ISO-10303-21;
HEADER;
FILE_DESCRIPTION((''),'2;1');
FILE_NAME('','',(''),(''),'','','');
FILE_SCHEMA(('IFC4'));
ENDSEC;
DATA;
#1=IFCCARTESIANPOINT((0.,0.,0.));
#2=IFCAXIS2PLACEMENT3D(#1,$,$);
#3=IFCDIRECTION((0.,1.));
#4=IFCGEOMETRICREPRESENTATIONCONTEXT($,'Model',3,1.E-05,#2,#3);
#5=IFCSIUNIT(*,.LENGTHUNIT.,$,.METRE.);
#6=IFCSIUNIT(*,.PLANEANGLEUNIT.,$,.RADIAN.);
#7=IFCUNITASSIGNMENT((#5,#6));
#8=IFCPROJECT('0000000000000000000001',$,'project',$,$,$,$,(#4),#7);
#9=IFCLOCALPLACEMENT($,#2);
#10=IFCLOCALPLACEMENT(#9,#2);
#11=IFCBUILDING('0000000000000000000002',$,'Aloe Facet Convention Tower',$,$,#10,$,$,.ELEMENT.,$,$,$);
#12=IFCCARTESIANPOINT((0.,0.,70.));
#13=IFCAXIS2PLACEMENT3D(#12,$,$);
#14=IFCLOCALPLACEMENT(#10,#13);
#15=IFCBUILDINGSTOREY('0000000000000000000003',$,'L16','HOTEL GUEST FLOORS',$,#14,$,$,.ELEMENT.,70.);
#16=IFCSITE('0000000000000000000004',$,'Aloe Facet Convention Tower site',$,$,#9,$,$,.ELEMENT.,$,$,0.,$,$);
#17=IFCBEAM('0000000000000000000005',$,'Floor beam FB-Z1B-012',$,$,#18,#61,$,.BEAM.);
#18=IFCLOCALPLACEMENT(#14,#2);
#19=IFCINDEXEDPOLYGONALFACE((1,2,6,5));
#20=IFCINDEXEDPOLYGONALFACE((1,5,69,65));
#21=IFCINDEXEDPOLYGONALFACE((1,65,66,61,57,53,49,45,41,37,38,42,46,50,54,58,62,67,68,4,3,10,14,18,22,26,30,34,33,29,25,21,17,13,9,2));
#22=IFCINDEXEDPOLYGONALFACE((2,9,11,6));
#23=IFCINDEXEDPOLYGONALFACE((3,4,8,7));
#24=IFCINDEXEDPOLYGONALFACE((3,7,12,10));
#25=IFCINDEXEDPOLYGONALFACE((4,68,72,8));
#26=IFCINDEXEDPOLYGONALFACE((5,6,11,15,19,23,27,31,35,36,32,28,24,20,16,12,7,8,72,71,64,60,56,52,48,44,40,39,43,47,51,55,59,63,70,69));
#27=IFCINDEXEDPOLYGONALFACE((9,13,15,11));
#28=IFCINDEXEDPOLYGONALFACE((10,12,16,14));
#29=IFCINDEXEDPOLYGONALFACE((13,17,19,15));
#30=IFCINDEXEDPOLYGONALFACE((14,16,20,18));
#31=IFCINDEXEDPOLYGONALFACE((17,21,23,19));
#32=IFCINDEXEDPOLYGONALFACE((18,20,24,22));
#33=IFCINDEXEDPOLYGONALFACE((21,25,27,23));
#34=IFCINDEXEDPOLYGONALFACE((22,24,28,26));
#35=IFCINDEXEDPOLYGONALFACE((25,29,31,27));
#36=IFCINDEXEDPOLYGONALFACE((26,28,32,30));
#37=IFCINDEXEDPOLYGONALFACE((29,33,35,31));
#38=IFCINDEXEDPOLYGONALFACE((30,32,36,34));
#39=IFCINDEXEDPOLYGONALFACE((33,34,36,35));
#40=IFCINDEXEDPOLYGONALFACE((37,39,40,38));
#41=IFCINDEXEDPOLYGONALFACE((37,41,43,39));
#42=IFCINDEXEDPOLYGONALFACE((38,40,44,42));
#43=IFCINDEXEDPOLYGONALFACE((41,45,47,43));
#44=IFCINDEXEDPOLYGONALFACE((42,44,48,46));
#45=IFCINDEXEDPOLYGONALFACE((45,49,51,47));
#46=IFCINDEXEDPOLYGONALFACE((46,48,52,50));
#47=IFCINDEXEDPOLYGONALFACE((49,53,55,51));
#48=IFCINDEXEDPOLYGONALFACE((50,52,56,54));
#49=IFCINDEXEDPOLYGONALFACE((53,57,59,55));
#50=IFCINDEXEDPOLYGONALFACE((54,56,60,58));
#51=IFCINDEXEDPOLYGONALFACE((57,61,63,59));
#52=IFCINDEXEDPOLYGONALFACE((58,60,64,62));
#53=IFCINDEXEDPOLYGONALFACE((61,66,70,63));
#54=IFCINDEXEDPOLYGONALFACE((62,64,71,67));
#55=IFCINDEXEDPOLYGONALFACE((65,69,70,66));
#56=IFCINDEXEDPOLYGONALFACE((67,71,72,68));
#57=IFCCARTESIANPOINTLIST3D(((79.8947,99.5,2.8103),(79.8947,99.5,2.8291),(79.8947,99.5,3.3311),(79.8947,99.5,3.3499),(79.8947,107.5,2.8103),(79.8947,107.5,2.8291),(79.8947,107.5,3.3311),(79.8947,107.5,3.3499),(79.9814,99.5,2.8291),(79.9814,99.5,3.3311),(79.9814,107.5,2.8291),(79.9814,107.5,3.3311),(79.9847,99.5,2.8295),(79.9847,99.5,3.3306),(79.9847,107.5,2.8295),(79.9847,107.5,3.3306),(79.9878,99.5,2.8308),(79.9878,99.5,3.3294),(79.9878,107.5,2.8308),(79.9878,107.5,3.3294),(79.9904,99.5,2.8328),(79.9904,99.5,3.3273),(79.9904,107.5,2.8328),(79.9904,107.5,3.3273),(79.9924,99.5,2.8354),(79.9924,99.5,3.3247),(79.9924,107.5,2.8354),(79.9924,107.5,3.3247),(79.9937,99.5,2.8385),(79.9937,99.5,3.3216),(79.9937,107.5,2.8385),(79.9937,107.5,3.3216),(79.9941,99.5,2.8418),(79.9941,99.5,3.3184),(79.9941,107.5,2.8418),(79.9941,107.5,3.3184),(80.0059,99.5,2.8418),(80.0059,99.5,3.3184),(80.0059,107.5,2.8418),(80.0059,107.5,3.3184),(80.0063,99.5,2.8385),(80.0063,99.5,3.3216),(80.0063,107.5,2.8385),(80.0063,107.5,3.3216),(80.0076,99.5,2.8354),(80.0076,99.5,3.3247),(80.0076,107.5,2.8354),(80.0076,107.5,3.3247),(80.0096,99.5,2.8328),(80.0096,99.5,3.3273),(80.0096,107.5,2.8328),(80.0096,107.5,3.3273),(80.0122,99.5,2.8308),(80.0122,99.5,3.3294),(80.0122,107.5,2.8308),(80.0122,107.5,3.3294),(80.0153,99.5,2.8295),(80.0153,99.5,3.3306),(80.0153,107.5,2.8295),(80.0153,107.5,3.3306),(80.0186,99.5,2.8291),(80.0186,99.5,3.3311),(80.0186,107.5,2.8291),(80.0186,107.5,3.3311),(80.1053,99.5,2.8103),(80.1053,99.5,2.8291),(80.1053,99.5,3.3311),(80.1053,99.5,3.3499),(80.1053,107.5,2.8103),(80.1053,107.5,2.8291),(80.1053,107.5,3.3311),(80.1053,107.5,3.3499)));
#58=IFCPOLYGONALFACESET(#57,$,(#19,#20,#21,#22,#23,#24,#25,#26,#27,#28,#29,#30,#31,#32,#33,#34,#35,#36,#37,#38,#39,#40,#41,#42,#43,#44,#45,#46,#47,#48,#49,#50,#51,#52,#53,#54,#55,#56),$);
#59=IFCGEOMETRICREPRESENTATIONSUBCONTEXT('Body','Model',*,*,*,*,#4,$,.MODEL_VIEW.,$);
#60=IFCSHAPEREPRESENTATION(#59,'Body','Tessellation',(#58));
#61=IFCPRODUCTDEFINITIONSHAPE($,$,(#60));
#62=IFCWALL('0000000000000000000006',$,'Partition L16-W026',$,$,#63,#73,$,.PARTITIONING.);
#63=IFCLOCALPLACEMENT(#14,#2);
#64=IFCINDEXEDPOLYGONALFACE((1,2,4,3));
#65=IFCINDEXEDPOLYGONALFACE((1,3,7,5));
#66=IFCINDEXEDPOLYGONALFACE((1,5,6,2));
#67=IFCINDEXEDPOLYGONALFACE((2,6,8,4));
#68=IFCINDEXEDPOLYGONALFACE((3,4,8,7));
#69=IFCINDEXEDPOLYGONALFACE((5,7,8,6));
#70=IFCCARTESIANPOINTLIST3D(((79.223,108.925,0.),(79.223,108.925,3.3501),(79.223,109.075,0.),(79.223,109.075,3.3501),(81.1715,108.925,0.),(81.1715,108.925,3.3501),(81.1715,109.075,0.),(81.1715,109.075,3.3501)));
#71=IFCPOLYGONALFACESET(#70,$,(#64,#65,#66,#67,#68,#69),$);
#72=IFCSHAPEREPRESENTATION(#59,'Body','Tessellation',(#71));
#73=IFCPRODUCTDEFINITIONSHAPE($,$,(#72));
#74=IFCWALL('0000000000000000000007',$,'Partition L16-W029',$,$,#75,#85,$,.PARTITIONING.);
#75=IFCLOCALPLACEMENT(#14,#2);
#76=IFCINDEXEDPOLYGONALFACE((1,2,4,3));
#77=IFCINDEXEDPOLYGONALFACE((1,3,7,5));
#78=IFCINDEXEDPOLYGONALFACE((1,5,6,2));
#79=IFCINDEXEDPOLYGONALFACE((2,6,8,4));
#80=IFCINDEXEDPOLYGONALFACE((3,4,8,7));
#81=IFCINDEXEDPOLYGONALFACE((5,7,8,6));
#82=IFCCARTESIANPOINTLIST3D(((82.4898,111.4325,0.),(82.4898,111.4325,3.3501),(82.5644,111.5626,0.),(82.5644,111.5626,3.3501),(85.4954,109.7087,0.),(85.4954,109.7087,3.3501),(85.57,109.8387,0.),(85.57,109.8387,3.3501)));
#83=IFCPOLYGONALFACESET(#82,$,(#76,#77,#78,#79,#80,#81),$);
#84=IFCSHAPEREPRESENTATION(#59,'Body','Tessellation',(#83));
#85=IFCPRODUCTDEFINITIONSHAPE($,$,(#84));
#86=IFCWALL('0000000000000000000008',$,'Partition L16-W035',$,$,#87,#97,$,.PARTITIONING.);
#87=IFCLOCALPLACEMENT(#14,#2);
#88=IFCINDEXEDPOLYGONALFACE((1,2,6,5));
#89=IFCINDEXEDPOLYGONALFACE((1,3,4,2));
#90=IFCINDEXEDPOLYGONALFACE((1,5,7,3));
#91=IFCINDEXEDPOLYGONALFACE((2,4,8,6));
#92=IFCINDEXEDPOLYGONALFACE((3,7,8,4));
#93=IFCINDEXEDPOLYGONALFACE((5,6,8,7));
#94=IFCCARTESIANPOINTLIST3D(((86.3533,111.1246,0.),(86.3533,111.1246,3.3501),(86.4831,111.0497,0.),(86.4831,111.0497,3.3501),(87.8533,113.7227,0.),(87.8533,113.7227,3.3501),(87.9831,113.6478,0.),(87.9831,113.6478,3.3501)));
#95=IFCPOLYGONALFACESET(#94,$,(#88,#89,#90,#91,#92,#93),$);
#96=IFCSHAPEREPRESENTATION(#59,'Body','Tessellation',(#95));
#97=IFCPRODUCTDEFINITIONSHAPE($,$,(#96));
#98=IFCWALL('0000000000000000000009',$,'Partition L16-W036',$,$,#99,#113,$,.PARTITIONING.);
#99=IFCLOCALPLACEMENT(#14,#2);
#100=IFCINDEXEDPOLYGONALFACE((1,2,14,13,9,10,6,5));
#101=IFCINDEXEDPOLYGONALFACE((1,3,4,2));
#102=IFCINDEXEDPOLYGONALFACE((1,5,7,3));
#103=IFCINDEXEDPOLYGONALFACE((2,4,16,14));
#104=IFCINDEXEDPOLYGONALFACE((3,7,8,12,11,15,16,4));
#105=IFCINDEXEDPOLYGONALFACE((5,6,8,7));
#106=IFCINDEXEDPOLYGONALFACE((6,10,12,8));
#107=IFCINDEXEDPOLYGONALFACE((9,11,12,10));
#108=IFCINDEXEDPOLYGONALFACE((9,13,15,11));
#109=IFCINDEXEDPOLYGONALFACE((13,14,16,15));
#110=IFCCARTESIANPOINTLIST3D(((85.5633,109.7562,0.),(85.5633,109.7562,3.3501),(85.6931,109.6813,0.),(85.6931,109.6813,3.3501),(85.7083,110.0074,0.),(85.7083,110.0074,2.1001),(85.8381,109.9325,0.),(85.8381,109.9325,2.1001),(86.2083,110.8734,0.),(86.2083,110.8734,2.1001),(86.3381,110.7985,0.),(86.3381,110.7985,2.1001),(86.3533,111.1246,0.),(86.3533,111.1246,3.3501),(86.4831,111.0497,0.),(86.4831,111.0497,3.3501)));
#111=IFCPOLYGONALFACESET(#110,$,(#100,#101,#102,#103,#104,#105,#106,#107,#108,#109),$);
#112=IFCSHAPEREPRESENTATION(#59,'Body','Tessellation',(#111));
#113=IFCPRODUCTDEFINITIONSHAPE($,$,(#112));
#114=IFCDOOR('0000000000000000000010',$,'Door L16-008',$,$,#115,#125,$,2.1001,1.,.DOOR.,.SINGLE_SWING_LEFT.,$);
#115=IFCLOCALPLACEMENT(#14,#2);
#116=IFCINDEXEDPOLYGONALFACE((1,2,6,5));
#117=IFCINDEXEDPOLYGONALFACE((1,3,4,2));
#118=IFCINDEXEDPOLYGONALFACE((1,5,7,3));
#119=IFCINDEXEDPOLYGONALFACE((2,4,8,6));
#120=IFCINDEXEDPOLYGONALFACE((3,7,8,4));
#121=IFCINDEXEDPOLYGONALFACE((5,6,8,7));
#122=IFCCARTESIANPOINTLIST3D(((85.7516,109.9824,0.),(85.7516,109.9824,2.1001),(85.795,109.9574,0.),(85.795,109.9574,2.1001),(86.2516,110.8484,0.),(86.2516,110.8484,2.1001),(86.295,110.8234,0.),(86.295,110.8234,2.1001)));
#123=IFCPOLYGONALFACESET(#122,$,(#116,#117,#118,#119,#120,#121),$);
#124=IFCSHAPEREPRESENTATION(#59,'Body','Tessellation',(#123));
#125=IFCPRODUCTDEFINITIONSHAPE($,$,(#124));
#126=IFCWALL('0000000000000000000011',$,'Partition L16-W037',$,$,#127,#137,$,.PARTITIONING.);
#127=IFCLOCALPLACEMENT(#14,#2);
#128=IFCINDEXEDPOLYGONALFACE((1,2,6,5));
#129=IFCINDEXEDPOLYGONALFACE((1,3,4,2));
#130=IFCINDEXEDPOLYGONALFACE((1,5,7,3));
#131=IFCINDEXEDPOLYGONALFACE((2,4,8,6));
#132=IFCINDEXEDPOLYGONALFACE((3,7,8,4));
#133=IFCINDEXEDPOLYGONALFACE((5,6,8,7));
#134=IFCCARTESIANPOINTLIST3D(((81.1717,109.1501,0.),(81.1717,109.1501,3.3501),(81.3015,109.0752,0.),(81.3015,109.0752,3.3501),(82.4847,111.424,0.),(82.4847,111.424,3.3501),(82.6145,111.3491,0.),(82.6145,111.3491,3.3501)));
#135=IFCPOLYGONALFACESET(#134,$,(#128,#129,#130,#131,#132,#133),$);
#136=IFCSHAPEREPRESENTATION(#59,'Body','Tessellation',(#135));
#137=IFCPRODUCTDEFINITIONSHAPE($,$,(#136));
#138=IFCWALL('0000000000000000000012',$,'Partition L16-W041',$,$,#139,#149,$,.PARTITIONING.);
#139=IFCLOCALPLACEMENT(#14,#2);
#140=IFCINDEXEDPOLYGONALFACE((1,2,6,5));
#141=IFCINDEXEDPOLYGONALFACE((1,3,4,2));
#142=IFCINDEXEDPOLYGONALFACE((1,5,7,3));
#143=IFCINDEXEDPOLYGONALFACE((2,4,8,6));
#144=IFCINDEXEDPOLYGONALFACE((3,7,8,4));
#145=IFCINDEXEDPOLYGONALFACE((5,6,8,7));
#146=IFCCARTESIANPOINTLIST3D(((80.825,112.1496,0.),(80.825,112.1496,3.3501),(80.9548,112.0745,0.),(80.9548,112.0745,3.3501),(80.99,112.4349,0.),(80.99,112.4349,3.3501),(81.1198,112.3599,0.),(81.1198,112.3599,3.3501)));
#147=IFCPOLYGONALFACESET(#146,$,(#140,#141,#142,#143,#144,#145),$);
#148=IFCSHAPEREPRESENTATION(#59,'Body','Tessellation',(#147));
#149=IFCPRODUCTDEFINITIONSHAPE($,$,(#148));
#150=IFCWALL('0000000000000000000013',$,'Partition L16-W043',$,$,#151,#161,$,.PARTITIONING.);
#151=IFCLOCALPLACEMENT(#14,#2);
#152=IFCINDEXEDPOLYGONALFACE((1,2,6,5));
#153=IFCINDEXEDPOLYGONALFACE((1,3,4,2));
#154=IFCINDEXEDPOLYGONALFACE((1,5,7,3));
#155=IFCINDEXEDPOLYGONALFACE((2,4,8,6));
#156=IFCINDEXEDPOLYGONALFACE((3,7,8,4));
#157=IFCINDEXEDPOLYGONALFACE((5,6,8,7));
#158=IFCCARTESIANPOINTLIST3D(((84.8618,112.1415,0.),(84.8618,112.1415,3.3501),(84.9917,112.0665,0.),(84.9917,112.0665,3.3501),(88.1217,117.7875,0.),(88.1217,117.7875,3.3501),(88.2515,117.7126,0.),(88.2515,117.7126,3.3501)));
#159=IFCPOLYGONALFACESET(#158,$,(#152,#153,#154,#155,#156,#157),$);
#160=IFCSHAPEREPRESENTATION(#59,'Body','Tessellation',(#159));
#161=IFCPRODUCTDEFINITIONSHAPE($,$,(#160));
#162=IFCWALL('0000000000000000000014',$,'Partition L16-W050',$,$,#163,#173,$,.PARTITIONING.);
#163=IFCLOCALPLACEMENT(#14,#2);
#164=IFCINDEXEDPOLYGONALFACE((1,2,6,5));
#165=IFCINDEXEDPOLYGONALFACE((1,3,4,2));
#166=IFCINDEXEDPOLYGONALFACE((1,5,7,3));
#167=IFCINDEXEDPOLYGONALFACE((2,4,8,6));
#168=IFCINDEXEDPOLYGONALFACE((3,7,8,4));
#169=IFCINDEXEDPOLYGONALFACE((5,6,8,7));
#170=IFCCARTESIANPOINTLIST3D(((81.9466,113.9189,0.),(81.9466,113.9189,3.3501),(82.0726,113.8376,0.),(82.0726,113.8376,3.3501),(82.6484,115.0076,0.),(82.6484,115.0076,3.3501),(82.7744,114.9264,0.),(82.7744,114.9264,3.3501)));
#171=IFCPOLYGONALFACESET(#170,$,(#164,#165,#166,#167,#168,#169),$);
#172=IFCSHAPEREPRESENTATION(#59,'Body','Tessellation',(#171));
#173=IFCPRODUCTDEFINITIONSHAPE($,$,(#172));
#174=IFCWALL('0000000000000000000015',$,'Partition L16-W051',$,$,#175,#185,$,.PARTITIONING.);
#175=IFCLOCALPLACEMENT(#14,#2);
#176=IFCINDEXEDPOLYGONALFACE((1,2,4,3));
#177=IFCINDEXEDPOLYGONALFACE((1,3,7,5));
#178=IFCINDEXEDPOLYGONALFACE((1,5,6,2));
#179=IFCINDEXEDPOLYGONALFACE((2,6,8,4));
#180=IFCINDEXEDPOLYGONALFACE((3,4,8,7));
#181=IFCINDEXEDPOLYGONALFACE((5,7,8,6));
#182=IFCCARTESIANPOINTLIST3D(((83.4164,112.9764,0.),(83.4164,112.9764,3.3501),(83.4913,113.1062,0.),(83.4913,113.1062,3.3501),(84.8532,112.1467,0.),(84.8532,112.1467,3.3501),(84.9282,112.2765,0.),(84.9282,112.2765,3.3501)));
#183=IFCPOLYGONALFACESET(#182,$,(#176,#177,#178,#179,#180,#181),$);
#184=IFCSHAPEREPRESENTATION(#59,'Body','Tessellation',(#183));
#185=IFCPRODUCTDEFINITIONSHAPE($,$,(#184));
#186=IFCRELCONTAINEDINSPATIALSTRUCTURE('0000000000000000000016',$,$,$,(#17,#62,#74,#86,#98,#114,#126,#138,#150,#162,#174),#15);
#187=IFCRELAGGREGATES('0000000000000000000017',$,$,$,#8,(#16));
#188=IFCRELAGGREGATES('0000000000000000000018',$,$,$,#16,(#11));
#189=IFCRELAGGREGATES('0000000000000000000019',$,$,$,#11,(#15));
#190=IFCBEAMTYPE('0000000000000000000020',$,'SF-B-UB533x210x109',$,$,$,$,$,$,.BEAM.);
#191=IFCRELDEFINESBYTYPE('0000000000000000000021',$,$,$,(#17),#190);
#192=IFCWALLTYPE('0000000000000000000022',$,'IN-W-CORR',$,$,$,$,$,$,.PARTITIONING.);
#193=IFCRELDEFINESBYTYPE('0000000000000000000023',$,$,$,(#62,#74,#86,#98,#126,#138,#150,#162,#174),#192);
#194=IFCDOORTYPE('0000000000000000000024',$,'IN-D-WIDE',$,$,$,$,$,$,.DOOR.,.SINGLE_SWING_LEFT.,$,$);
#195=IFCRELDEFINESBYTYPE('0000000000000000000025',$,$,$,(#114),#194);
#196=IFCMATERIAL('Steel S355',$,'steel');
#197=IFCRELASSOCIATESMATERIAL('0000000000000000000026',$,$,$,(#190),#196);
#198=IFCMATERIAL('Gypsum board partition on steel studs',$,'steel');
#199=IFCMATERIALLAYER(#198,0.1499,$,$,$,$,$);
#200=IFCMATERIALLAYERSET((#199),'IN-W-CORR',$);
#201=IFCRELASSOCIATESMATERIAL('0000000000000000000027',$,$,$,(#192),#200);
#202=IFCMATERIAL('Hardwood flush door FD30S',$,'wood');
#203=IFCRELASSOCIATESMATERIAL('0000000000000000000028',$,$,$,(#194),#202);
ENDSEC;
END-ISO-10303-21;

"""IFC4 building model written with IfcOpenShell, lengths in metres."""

from ifc_helpers import new_model, si_unit, direction, frame, frame_2d, origin, origin_2d, place, context, subcontext, project, spatial, rectangle, i_section, extrude, material, layer, layer_set, material_profile, profile_set, type_object, element, fill, save


model = new_model("IFC4")

# Units and contexts
model_context = context("Model", 3, precision=1e-05, world=origin(), true_north=direction((0.0, 1.0)))
body_context = subcontext(model_context, "Body", "Model", "MODEL_VIEW")
ifc_project = project(units=[si_unit("LENGTHUNIT", "METRE"), si_unit("PLANEANGLEUNIT", "RADIAN")], contexts=[model_context])

# Site, building, storey
site_placement = place(None, origin())
site = spatial("IfcSite", under=ifc_project, at=site_placement, Name="Aloe Facet Convention Tower site", CompositionType="ELEMENT", RefElevation=0.0)
building_placement = place(site_placement, origin())
building = spatial("IfcBuilding", under=site, at=building_placement, Name="Aloe Facet Convention Tower", CompositionType="ELEMENT")
storey_placement = place(building_placement, frame((0.0, 0.0, 70.0)))
storey = spatial("IfcBuildingStorey", under=building, at=storey_placement, Name="L16", Description="HOTEL GUEST FLOORS", CompositionType="ELEMENT", Elevation=70.0)

# Beam
ifc_material_1 = material(Name="Steel S355", Category="steel")
ifc_material_profile_1 = material_profile(ifc_material_1, i_section(OverallWidth=0.2107, OverallDepth=0.5396, WebThickness=0.0117, FlangeThickness=0.0188, FilletRadius=0.0127, at=origin_2d()), Name="UB 533x210x109")
ifc_profile_set_1 = profile_set([ifc_material_profile_1], Name="Steel S355")
beam_type_1 = type_object("IfcBeamType", Name="SF-B-UB533x210x109", PredefinedType="BEAM", material=ifc_profile_set_1)
beam_placement = place(storey_placement, frame((80.0, 107.5, 3.0801), z_axis=(0.0, -1.0, 0.0), x_axis=(1.0, 0.0, 0.0)))
element("IfcBeam", 1, at=beam_placement, inside=storey, type_object=beam_type_1, Name="Floor beam FB-Z1B-012", PredefinedType="BEAM", context=body_context, shape_type="SweptSolid", body=[
    extrude(i_section(OverallWidth=0.2107, OverallDepth=0.5396, WebThickness=0.0117, FlangeThickness=0.0188, FilletRadius=0.0127, at=origin_2d()), origin(), (0.0, 0.0, 1.0), 8.0),
])

# Walls
ifc_material_2 = material(Name="Gypsum board partition on steel studs", Category="steel")
ifc_layer_1 = layer(ifc_material_2, 0.1499)
ifc_layer_set_1 = layer_set([ifc_layer_1], Name="IN-W-CORR")
wall_type_1 = type_object("IfcWallType", Name="IN-W-CORR", PredefinedType="PARTITIONING", material=ifc_layer_set_1)
wall_1_placement = place(storey_placement, frame((79.2231, 109.0, 0.0), z_axis=(0.0, 0.0, 1.0), x_axis=(1.0, 0.0, 0.0)))
element("IfcWall", 2, at=wall_1_placement, inside=storey, type_object=wall_type_1, Name="Partition L16-W026", PredefinedType="PARTITIONING", context=body_context, shape_type="SweptSolid", body=[
    extrude(rectangle(XDim=1.9485, YDim=0.1499, at=frame_2d((0.9741, 0.0))), origin(), (0.0, 0.0, 1.0), 3.3501),
])
wall_2_placement = place(storey_placement, frame((82.5271, 111.4976, 0.0), z_axis=(0.0, 0.0, 1.0), x_axis=(0.867449, -0.497527, 0.0)))
element("IfcWall", 3, at=wall_2_placement, inside=storey, type_object=wall_type_1, Name="Partition L16-W029", PredefinedType="PARTITIONING", context=body_context, shape_type="SweptSolid", body=[
    extrude(rectangle(XDim=3.4648, YDim=0.1499, at=frame_2d((1.7324, 0.0))), origin(), (0.0, 0.0, 1.0), 3.3501),
])
wall_3_placement = place(storey_placement, frame((86.4182, 111.0872, 0.0), z_axis=(0.0, 0.0, 1.0), x_axis=(0.49999, 0.866031, 0.0)))
element("IfcWall", 4, at=wall_3_placement, inside=storey, type_object=wall_type_1, Name="Partition L16-W035", PredefinedType="PARTITIONING", context=body_context, shape_type="SweptSolid", body=[
    extrude(rectangle(XDim=3.0, YDim=0.1499, at=frame_2d((1.5, 0.0))), origin(), (0.0, 0.0, 1.0), 3.3501),
])

# Wall, opening, door
wall_4_placement = place(storey_placement, frame((85.6282, 109.7188, 0.0), z_axis=(0.0, 0.0, 1.0), x_axis=(0.499994, 0.866029, 0.0)))
wall_4 = element("IfcWall", 5, at=wall_4_placement, inside=storey, type_object=wall_type_1, Name="Partition L16-W036", PredefinedType="PARTITIONING", context=body_context, shape_type="SweptSolid", body=[
    extrude(rectangle(XDim=1.5801, YDim=0.1499, at=frame_2d((0.79, 0.0))), origin(), (0.0, 0.0, 1.0), 3.3501),
])
opening_1_placement = place(wall_4_placement, frame((0.29, 0.0, 0.0)))
opening_1 = element("IfcOpeningElement", 6, at=opening_1_placement, cuts=wall_4, PredefinedType="OPENING", context=body_context, shape_type="SweptSolid", body=[
    extrude(rectangle(XDim=1.0, YDim=2.1001, at=frame_2d((0.5, 1.05))), frame((0.0, 0.085, 0.0), z_axis=(0.0, -1.0, 0.0), x_axis=(1.0, 0.0, 0.0)), (0.0, 0.0, 1.0), 0.1699),
])
ifc_material_3 = material(Name="Hardwood flush door FD30S", Category="wood")
door_type_1 = type_object("IfcDoorType", Name="IN-D-WIDE", OperationType="SINGLE_SWING_LEFT", PredefinedType="DOOR", material=ifc_material_3)
door_1_placement = place(opening_1_placement, origin())
door_1 = element("IfcDoor", 7, at=door_1_placement, inside=storey, type_object=door_type_1, Name="Door L16-008", OperationType="SINGLE_SWING_LEFT", OverallHeight=2.1001, OverallWidth=1.0, PredefinedType="DOOR", context=body_context, shape_type="SweptSolid", body=[
    extrude(rectangle(XDim=1.0, YDim=2.1001, at=frame_2d((0.5, 1.05))), frame((0.0, 0.0249, 0.0), z_axis=(0.0, -1.0, 0.0), x_axis=(1.0, 0.0, 0.0)), (0.0, 0.0, 1.0), 0.05),
])
fill(opening_1, door_1)

# Walls
wall_5_placement = place(storey_placement, frame((81.2366, 109.1125, 0.0), z_axis=(0.0, 0.0, 1.0), x_axis=(0.500039, 0.866003, 0.0)))
element("IfcWall", 8, at=wall_5_placement, inside=storey, type_object=wall_type_1, Name="Partition L16-W037", PredefinedType="PARTITIONING", context=body_context, shape_type="SweptSolid", body=[
    extrude(rectangle(XDim=2.6257, YDim=0.1499, at=frame_2d((1.313, 0.0))), origin(), (0.0, 0.0, 1.0), 3.3501),
])
wall_6_placement = place(storey_placement, frame((80.8899, 112.1121, 0.0), z_axis=(0.0, 0.0, 1.0), x_axis=(0.500598, 0.86568, 0.0)))
element("IfcWall", 9, at=wall_6_placement, inside=storey, type_object=wall_type_1, Name="Partition L16-W041", PredefinedType="PARTITIONING", context=body_context, shape_type="SweptSolid", body=[
    extrude(rectangle(XDim=0.3296, YDim=0.1499, at=frame_2d((0.1648, 0.0))), origin(), (0.0, 0.0, 1.0), 3.3501),
])
wall_7_placement = place(storey_placement, frame((84.9268, 112.104, 0.0), z_axis=(0.0, 0.0, 1.0), x_axis=(0.500006, 0.866022, 0.0)))
element("IfcWall", 10, at=wall_7_placement, inside=storey, type_object=wall_type_1, Name="Partition L16-W043", PredefinedType="PARTITIONING", context=body_context, shape_type="SweptSolid", body=[
    extrude(rectangle(XDim=6.5195, YDim=0.1499, at=frame_2d((3.2598, 0.0))), origin(), (0.0, 0.0, 1.0), 3.3501),
])
wall_8_placement = place(storey_placement, frame((82.7114, 114.967, 0.0), z_axis=(0.0, 0.0, 1.0), x_axis=(-0.541805, -0.840504, 0.0)))
element("IfcWall", 11, at=wall_8_placement, inside=storey, type_object=wall_type_1, Name="Partition L16-W050", PredefinedType="PARTITIONING", context=body_context, shape_type="SweptSolid", body=[
    extrude(rectangle(XDim=1.2954, YDim=0.1499, at=frame_2d((0.6477, 0.0))), origin(), (0.0, 0.0, 1.0), 3.3501),
])
wall_9_placement = place(storey_placement, frame((83.4539, 113.0413, 0.0), z_axis=(0.0, 0.0, 1.0), x_axis=(0.866007, -0.500032, 0.0)))
element("IfcWall", 12, at=wall_9_placement, inside=storey, type_object=wall_type_1, Name="Partition L16-W051", PredefinedType="PARTITIONING", context=body_context, shape_type="SweptSolid", body=[
    extrude(rectangle(XDim=1.6592, YDim=0.1499, at=frame_2d((0.8296, 0.0))), origin(), (0.0, 0.0, 1.0), 3.3501),
])

save(model, "model.ifc")
